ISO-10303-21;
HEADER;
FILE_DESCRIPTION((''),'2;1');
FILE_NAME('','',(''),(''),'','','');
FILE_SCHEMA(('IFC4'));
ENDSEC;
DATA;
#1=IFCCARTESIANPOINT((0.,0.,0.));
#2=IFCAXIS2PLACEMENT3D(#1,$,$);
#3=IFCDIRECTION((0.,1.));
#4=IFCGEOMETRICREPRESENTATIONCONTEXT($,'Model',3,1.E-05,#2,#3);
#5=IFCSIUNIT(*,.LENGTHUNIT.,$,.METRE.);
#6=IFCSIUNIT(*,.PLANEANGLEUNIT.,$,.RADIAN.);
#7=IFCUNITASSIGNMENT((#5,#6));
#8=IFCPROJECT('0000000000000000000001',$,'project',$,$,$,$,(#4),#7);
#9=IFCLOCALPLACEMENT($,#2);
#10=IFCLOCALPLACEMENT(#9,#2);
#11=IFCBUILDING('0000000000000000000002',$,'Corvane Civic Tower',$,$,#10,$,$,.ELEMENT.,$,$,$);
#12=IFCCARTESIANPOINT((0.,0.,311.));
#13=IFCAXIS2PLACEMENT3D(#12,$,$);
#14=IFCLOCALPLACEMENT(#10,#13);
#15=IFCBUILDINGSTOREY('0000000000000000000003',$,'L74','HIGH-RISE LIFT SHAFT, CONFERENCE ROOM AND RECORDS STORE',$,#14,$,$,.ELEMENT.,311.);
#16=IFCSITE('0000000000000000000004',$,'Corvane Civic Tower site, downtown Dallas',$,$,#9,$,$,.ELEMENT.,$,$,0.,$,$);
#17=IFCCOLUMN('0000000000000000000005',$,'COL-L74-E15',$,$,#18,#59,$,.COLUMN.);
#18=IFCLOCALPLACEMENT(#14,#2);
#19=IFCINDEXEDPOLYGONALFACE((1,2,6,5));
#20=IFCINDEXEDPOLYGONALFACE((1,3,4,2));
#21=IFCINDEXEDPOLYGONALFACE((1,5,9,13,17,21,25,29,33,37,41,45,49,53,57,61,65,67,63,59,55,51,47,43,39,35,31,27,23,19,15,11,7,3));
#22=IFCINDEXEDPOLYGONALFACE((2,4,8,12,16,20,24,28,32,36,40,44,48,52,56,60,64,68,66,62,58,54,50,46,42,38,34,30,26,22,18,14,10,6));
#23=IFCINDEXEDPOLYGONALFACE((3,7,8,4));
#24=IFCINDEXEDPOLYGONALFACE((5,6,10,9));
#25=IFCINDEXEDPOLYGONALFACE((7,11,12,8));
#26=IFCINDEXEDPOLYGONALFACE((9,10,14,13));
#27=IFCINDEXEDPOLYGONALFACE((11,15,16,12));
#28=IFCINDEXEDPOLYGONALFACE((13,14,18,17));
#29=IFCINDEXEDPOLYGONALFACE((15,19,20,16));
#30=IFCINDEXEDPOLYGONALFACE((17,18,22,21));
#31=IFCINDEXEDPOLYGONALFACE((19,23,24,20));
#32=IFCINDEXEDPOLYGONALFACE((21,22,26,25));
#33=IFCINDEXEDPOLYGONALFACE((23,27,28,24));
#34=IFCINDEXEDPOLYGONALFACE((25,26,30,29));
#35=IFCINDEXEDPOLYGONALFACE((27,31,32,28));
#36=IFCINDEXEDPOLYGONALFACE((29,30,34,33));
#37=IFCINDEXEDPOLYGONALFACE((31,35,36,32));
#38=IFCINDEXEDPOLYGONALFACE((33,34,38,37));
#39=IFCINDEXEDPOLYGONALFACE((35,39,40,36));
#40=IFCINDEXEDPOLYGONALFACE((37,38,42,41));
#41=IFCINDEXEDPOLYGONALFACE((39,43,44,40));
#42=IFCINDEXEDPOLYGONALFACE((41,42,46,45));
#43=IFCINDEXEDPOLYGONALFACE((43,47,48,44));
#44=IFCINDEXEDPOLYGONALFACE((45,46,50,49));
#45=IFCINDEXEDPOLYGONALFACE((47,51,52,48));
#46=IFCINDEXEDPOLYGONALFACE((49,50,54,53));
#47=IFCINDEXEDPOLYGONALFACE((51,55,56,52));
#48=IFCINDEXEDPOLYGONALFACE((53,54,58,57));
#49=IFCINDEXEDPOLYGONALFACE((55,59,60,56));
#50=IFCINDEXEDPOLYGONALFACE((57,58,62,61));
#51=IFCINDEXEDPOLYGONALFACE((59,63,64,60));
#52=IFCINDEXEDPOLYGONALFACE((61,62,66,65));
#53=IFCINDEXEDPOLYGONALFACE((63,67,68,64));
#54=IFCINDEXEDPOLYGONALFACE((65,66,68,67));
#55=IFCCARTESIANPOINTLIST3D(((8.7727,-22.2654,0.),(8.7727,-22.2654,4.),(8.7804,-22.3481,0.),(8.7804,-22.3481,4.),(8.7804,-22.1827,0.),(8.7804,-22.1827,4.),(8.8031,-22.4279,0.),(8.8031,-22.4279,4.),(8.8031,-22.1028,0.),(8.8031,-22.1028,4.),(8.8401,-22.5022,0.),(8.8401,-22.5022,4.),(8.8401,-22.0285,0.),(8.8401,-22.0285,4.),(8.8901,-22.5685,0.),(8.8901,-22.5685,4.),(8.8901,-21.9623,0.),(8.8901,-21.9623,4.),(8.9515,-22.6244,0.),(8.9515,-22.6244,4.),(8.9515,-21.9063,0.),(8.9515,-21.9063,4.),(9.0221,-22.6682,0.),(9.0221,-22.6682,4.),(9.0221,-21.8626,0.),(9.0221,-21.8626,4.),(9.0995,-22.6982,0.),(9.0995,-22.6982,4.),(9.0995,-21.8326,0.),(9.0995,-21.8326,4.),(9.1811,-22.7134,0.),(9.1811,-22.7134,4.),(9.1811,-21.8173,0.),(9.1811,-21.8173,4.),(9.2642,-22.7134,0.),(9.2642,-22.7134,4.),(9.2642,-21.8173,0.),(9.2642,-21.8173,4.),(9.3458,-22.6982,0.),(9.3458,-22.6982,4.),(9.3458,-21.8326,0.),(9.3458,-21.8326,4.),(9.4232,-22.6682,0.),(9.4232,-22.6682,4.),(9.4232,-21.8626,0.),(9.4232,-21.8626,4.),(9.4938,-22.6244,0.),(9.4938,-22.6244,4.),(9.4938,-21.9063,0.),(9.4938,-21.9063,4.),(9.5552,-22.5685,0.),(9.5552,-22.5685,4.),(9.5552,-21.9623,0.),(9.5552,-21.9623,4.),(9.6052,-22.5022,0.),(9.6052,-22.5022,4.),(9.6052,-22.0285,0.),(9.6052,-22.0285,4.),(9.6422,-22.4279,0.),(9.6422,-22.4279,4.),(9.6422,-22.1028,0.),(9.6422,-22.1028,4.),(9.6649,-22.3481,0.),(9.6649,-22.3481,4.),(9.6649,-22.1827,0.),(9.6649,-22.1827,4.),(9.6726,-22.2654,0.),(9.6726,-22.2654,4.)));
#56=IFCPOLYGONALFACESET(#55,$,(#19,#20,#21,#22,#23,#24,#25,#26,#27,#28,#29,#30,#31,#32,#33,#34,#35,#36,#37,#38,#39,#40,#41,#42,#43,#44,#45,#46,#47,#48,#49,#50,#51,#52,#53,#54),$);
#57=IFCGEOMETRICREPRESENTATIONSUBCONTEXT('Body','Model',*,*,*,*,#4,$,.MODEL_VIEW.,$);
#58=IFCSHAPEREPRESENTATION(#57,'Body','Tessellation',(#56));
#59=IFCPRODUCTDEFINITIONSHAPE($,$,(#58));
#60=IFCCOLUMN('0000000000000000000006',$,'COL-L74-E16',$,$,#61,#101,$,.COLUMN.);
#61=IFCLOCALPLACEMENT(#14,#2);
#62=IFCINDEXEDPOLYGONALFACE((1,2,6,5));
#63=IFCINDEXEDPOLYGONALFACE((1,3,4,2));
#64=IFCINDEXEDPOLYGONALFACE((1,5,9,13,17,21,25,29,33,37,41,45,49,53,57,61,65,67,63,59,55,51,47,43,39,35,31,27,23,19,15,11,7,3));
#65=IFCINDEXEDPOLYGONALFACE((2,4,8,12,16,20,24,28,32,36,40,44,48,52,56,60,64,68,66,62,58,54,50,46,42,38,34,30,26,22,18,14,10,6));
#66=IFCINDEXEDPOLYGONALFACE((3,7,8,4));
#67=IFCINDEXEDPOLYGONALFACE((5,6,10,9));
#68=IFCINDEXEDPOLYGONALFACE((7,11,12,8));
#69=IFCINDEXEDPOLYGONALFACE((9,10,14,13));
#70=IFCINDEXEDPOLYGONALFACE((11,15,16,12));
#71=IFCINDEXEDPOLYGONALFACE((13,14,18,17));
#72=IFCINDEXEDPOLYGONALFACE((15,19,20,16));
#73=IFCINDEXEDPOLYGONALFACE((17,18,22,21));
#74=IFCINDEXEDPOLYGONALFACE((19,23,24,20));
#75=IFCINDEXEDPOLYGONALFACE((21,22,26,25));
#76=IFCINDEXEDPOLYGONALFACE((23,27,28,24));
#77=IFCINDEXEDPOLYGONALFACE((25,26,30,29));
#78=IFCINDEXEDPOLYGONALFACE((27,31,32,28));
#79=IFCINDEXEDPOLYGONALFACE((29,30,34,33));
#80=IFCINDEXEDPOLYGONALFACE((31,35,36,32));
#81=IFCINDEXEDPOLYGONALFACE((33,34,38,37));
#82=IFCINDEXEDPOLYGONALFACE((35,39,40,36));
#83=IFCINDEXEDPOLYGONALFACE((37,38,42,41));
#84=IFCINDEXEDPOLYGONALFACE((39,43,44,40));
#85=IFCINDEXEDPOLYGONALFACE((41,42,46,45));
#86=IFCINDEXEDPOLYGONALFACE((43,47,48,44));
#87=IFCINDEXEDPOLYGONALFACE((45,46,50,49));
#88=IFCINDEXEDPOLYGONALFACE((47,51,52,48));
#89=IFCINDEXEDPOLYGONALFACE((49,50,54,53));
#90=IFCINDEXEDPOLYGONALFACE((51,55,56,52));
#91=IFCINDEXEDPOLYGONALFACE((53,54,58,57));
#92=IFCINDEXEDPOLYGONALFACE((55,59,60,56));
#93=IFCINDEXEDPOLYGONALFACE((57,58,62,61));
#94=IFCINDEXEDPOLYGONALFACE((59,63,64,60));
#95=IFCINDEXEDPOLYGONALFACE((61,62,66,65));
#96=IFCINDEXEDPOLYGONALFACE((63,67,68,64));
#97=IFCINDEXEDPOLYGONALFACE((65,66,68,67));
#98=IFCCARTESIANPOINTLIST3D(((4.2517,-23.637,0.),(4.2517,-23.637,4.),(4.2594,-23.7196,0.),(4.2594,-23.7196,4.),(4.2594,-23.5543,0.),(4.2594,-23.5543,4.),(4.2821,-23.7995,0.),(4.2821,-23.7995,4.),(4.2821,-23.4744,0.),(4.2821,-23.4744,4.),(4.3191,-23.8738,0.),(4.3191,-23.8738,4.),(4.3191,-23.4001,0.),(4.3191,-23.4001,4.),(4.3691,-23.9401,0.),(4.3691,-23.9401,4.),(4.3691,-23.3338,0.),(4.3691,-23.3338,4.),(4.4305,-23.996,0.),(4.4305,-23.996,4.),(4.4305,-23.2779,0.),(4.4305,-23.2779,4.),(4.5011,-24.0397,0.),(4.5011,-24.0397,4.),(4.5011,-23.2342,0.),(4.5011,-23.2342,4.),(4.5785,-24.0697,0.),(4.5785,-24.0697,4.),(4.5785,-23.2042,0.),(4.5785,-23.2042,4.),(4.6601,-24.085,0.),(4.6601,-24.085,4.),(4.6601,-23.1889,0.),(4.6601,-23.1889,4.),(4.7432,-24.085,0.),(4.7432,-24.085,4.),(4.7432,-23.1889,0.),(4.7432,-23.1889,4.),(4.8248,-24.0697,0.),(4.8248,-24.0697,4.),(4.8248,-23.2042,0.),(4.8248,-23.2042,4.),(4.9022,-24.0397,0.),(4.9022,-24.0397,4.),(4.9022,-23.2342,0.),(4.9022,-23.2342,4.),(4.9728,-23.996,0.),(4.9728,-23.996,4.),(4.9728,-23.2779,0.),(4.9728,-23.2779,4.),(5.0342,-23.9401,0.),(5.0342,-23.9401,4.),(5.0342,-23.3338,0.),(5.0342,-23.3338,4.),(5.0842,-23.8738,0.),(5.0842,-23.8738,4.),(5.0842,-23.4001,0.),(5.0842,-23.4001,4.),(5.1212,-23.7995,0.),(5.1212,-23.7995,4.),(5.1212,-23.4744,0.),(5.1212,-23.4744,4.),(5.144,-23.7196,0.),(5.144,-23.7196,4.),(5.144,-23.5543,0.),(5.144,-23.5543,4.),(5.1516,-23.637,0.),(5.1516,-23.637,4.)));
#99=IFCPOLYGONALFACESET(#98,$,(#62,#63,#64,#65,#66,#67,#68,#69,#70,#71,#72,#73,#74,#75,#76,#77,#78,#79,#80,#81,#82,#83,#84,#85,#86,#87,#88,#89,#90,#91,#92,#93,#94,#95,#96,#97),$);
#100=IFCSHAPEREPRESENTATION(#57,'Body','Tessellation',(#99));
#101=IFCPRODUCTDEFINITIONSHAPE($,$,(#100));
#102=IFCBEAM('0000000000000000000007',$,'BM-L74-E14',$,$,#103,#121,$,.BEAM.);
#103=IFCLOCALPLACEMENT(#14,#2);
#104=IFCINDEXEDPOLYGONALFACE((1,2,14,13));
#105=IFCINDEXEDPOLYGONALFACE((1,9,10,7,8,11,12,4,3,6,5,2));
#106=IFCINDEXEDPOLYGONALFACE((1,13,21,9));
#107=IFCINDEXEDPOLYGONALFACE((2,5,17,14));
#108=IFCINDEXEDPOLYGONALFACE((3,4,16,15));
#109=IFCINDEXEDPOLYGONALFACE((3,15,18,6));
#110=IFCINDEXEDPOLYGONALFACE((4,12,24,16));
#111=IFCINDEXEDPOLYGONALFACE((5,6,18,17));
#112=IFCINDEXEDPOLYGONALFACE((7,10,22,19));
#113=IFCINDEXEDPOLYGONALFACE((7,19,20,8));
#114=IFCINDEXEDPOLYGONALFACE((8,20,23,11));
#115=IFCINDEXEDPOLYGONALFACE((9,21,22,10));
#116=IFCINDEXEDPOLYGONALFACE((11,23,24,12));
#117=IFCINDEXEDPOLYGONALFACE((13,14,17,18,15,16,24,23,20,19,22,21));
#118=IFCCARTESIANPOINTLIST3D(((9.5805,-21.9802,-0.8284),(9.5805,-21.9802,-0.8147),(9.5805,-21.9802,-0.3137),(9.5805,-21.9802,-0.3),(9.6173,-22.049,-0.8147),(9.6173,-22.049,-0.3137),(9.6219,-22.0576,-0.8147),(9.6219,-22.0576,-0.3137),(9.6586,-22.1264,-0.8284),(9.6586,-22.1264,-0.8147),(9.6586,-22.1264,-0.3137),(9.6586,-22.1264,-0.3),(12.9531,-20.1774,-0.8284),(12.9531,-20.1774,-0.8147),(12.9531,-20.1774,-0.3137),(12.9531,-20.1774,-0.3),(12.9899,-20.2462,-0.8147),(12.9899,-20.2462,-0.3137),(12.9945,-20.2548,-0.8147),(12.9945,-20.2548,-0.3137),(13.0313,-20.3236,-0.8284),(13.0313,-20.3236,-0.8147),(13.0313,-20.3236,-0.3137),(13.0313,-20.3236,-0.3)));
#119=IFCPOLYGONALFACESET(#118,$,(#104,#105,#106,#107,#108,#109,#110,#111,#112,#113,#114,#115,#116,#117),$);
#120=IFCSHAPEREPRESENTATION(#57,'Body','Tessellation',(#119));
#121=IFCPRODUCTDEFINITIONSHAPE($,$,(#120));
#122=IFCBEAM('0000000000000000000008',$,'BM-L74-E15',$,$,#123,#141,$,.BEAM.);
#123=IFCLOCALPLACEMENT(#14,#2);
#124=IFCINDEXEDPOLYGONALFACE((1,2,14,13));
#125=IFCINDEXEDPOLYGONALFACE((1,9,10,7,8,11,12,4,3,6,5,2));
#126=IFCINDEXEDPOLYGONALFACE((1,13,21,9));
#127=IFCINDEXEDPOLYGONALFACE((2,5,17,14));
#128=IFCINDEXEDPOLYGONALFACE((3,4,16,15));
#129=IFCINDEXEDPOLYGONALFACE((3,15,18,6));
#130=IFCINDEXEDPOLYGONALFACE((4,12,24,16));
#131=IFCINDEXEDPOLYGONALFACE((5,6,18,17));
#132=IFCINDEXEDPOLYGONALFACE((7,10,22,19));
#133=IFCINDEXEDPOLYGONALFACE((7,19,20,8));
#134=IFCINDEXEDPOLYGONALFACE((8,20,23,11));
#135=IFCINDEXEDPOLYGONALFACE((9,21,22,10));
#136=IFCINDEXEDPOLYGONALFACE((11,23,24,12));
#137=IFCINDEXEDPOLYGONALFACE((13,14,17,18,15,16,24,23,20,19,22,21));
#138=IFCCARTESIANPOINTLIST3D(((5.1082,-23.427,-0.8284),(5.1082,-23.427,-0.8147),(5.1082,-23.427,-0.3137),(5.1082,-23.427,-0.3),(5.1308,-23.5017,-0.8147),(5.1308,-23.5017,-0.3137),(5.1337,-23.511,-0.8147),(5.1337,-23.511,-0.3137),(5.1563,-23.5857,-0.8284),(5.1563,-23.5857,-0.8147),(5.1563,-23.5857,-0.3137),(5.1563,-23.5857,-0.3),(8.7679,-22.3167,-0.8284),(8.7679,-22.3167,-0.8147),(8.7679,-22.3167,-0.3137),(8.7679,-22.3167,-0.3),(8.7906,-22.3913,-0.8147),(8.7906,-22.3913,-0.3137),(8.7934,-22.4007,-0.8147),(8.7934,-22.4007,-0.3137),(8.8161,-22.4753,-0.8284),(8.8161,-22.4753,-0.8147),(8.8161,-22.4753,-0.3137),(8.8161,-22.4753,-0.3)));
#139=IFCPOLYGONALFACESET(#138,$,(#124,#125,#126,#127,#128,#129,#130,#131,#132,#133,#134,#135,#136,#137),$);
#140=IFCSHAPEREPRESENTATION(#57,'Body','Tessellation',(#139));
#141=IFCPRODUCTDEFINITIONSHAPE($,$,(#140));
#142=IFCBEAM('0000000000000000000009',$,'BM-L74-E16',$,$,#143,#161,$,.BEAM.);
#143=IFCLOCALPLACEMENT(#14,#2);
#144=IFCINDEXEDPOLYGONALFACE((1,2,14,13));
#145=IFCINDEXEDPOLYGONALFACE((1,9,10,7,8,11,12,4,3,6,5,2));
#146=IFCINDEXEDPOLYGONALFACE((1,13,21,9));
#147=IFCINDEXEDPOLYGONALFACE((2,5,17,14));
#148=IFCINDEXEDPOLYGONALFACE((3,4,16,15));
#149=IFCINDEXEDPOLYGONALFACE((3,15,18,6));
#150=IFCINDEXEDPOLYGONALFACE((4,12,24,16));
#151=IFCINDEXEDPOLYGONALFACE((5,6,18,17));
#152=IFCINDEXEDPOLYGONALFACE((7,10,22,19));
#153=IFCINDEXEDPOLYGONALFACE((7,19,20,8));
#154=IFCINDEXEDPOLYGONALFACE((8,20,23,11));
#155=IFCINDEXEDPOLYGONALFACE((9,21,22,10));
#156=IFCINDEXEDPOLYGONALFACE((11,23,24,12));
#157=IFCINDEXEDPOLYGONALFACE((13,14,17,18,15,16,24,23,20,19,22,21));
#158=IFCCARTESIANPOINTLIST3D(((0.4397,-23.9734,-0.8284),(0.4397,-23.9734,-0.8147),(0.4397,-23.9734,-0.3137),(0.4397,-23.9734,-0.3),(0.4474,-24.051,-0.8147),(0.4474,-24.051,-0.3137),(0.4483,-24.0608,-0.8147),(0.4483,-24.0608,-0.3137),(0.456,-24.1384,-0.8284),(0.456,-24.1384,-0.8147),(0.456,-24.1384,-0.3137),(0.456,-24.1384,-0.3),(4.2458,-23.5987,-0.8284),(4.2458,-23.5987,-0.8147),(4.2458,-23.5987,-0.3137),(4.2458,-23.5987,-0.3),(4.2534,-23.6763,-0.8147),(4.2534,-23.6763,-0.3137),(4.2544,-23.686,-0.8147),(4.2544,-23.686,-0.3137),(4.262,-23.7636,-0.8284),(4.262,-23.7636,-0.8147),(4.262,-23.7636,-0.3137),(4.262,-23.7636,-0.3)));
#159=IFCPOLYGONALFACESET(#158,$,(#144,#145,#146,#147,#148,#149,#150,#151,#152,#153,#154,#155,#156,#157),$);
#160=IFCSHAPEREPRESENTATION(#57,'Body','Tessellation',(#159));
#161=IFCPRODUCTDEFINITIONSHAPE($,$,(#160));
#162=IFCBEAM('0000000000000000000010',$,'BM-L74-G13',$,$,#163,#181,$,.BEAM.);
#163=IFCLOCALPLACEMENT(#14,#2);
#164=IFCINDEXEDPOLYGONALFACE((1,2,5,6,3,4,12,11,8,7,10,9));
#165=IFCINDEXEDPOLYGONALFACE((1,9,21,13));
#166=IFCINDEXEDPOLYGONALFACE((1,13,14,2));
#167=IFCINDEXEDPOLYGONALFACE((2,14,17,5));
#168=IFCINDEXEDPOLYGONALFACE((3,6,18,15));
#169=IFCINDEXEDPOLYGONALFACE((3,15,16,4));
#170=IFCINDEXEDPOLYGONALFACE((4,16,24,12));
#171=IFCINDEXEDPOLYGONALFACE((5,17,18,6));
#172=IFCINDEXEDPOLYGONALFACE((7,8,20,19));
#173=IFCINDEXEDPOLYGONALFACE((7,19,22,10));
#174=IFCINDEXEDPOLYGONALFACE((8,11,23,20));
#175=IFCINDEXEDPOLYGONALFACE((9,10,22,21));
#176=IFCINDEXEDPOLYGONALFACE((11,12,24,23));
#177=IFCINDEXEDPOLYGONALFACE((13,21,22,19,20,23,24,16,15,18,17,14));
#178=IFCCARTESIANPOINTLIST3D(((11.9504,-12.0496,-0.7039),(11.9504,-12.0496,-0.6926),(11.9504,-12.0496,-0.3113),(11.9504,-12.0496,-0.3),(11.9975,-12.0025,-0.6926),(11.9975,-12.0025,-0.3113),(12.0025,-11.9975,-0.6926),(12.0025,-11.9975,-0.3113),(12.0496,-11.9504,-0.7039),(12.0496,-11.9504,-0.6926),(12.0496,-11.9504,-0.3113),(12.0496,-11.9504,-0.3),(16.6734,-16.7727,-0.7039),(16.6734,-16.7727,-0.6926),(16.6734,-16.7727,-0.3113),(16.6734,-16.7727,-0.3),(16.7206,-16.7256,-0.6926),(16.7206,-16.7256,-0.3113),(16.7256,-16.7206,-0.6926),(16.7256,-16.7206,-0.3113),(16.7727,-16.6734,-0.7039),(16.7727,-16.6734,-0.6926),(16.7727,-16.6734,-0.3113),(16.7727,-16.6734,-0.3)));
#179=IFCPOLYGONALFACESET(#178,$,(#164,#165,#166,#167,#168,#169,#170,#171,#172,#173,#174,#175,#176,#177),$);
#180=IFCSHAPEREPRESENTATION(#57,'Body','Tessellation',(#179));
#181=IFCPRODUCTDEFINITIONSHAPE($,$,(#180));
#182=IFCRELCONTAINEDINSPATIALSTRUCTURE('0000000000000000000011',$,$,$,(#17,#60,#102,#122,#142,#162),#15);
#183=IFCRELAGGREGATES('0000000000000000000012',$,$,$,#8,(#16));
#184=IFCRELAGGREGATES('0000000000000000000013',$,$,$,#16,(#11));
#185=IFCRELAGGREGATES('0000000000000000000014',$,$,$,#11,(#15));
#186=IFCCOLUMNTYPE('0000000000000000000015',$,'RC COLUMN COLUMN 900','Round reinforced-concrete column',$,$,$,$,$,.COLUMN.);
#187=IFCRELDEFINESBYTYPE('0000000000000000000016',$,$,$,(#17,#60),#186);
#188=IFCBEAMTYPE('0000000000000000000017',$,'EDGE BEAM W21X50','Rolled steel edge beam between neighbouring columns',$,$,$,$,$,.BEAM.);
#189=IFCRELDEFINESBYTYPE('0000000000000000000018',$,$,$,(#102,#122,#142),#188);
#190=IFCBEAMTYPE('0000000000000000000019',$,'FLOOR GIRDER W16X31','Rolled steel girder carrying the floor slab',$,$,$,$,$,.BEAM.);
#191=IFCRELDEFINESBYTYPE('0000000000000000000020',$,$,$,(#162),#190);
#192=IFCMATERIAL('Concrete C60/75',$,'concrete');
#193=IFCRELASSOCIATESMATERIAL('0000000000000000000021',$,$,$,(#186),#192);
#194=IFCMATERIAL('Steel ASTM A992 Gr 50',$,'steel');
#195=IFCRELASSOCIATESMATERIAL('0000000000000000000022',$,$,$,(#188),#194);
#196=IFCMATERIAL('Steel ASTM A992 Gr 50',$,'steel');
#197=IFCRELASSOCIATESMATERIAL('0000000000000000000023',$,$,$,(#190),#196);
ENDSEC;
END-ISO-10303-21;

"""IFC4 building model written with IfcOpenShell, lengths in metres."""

from ifc_helpers import new_model, si_unit, direction, frame, origin, origin_2d, place, context, subcontext, project, spatial, circle, i_section, extrude, material, material_profile, profile_set, type_object, element, save


model = new_model("IFC4")

# Units and contexts
model_context = context("Model", 3, precision=1e-05, world=origin(), true_north=direction((0.0, 1.0)))
body_context = subcontext(model_context, "Body", "Model", "MODEL_VIEW")
ifc_project = project(units=[si_unit("LENGTHUNIT", "METRE"), si_unit("PLANEANGLEUNIT", "RADIAN")], contexts=[model_context])

# Site, building, storey
site_placement = place(None, origin())
site = spatial("IfcSite", under=ifc_project, at=site_placement, Name="Corvane Civic Tower site, downtown Dallas", CompositionType="ELEMENT", RefElevation=0.0)
building_placement = place(site_placement, origin())
building = spatial("IfcBuilding", under=site, at=building_placement, Name="Corvane Civic Tower", CompositionType="ELEMENT")
storey_placement = place(building_placement, frame((0.0, 0.0, 311.0)))
storey = spatial("IfcBuildingStorey", under=building, at=storey_placement, Name="L74", Description="HIGH-RISE LIFT SHAFT, CONFERENCE ROOM AND RECORDS STORE", CompositionType="ELEMENT", Elevation=311.0)

# Columns
ifc_material_1 = material(Name="Concrete C60/75", Category="concrete")
ifc_material_profile_1 = material_profile(ifc_material_1, circle(Radius=0.45, at=origin_2d()), Name="COLUMN 900")
ifc_profile_set_1 = profile_set([ifc_material_profile_1], Name="Concrete C60/75")
column_type = type_object("IfcColumnType", Name="RC COLUMN COLUMN 900", Description="Round reinforced-concrete column", PredefinedType="COLUMN", material=ifc_profile_set_1)
for number, where, z_axis, x_axis, name in (
    (1, (9.2227, -22.2654, 0.0), (0.0, 0.0, 1.0), (1.0, 0.0, 0.0), "COL-L74-E15"),
    (2, (4.7017, -23.637, 0.0), (0.0, 0.0, 1.0), (1.0, 0.0, 0.0), "COL-L74-E16"),
):
    element("IfcColumn", number, at=place(storey_placement, frame(where, z_axis=z_axis, x_axis=x_axis)), inside=storey, type_object=column_type, Name=name, PredefinedType="COLUMN", context=body_context, shape_type="SweptSolid", body=[
        extrude(circle(Radius=0.45, at=origin_2d()), origin(), (0.0, 0.0, 1.0), 4.0),
    ])

# Beams
ifc_material_2 = material(Name="Steel ASTM A992 Gr 50", Category="steel")
ifc_material_profile_2 = material_profile(ifc_material_2, i_section(OverallWidth=0.1658, OverallDepth=0.5283, WebThickness=0.0098, FlangeThickness=0.0137, at=origin_2d()), Name="W21X50")
ifc_profile_set_2 = profile_set([ifc_material_profile_2], Name="Steel ASTM A992 Gr 50")
beam_type_1 = type_object("IfcBeamType", Name="EDGE BEAM W21X50", Description="Rolled steel edge beam between neighbouring columns", PredefinedType="BEAM", material=ifc_profile_set_2)
beam_1_placement = place(storey_placement, frame((12.9922, -20.2505, -0.5642), z_axis=(-0.881914, -0.47141, 0.0), x_axis=(0.47141, -0.881914, 0.0)))
element("IfcBeam", 3, at=beam_1_placement, inside=storey, type_object=beam_type_1, Name="BM-L74-E14", PredefinedType="BEAM", context=body_context, shape_type="SweptSolid", body=[
    extrude(i_section(OverallWidth=0.1658, OverallDepth=0.5283, WebThickness=0.0098, FlangeThickness=0.0137, at=origin_2d()), origin(), (0.0, 0.0, 1.0), 3.8242),
])
for number, where, z_axis, x_axis, name in (
    (4, (8.792, -22.396, -0.5642), (-0.956926, -0.290333, 0.0), (0.290333, -0.956926, 0.0), "BM-L74-E15"),
    (5, (4.2539, -23.6812, -0.5642), (-0.995188, -0.097987, 0.0), (0.097987, -0.995188, 0.0), "BM-L74-E16"),
):
    element("IfcBeam", number, at=place(storey_placement, frame(where, z_axis=z_axis, x_axis=x_axis)), inside=storey, type_object=beam_type_1, Name=name, PredefinedType="BEAM", context=body_context, shape_type="SweptSolid", body=[
        extrude(i_section(OverallWidth=0.1658, OverallDepth=0.5283, WebThickness=0.0098, FlangeThickness=0.0137, at=origin_2d()), origin(), (0.0, 0.0, 1.0), 3.8245),
    ])
ifc_material_3 = material(Name="Steel ASTM A992 Gr 50", Category="steel")
ifc_material_profile_3 = material_profile(ifc_material_3, i_section(OverallWidth=0.1404, OverallDepth=0.4038, WebThickness=0.0071, FlangeThickness=0.0112, at=origin_2d()), Name="W16X31")
ifc_profile_set_3 = profile_set([ifc_material_profile_3], Name="Steel ASTM A992 Gr 50")
beam_type_2 = type_object("IfcBeamType", Name="FLOOR GIRDER W16X31", Description="Rolled steel girder carrying the floor slab", PredefinedType="BEAM", material=ifc_profile_set_3)
beam_2_placement = place(storey_placement, frame((12.0, -12.0, -0.502), z_axis=(0.707107, -0.707107, 0.0), x_axis=(0.707107, 0.707107, 0.0)))
element("IfcBeam", 6, at=beam_2_placement, inside=storey, type_object=beam_type_2, Name="BM-L74-G13", PredefinedType="BEAM", context=body_context, shape_type="SweptSolid", body=[
    extrude(i_section(OverallWidth=0.1404, OverallDepth=0.4038, WebThickness=0.0071, FlangeThickness=0.0112, at=origin_2d()), origin(), (0.0, 0.0, 1.0), 6.6794),
])

save(model, "model.ifc")
